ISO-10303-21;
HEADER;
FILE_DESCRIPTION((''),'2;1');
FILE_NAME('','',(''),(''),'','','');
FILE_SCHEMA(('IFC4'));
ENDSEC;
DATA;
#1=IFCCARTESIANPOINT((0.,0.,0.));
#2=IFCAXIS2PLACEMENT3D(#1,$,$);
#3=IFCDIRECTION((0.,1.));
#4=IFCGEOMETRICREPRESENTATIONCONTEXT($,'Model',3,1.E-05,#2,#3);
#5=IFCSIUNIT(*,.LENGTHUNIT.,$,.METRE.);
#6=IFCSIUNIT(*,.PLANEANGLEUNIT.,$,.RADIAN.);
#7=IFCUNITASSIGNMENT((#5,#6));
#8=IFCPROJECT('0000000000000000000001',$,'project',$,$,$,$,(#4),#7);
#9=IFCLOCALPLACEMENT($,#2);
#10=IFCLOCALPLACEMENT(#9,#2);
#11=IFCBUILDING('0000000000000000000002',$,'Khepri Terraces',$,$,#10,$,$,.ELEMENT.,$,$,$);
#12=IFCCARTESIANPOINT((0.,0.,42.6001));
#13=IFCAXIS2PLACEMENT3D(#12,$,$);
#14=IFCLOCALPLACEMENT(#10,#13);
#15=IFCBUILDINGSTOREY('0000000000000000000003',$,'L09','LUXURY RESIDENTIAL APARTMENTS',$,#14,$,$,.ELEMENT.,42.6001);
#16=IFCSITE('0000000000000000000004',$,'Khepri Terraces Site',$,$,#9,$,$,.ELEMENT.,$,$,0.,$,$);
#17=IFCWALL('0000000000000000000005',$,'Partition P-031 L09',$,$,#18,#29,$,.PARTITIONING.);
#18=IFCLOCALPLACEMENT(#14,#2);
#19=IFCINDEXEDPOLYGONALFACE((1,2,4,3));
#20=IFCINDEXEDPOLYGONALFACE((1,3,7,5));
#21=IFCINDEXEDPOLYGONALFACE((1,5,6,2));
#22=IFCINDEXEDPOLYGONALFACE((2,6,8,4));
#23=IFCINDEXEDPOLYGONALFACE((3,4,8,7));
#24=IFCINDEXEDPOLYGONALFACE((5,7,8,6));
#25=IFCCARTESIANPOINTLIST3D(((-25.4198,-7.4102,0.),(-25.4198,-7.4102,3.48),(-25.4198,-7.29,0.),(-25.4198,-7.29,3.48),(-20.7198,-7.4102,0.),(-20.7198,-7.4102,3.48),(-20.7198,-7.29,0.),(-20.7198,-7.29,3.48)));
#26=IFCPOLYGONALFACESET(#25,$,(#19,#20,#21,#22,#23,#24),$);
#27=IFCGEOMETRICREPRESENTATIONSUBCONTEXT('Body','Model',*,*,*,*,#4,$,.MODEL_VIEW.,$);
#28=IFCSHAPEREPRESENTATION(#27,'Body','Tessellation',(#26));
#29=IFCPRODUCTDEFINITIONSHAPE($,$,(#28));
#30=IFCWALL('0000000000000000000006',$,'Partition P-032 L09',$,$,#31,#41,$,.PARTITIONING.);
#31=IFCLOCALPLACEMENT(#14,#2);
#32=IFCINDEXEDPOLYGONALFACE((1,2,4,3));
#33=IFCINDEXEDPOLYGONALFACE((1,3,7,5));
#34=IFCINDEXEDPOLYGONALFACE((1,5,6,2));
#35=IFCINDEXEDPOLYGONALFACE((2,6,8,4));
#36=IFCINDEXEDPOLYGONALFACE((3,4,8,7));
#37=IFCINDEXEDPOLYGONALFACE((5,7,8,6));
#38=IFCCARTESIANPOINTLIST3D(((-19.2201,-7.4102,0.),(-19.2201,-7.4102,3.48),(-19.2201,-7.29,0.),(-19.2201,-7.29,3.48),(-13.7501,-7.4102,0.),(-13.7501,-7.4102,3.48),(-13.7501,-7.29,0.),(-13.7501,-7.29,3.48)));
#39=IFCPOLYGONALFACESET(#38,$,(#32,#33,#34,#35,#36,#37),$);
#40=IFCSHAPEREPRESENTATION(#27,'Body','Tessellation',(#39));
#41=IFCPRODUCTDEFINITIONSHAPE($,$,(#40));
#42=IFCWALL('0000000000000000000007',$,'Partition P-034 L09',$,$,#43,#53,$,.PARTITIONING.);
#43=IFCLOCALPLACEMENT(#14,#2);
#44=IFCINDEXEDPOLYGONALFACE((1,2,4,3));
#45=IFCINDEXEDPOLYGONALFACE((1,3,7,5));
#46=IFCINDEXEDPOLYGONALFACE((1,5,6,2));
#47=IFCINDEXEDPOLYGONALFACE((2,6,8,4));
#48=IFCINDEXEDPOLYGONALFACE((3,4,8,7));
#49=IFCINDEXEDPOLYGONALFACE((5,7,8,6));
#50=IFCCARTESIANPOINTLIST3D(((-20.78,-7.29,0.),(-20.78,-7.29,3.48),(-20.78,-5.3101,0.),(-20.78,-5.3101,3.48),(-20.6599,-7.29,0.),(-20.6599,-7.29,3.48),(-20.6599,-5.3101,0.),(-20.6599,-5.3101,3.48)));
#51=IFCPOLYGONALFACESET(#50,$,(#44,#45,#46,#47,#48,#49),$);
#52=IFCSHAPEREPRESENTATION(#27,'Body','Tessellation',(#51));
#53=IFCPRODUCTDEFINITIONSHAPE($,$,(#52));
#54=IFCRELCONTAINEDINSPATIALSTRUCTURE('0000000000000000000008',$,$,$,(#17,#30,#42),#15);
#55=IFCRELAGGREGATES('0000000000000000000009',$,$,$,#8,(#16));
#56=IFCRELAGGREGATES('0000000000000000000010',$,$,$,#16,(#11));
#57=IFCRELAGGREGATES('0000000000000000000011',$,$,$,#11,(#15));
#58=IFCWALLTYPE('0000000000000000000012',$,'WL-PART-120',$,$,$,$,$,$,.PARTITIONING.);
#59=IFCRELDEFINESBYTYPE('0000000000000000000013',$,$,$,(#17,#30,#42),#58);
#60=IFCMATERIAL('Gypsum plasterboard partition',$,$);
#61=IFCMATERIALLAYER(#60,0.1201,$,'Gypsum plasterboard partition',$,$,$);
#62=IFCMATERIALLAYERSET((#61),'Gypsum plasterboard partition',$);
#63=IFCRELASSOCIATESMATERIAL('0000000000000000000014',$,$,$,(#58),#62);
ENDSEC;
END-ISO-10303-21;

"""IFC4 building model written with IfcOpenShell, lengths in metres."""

from ifc_helpers import new_model, si_unit, direction, frame, frame_2d, origin, place, context, subcontext, project, spatial, rectangle, extrude, material, layer, layer_set, type_object, element, save


model = new_model("IFC4")

# Units and contexts
model_context = context("Model", 3, precision=1e-05, world=origin(), true_north=direction((0.0, 1.0)))
body_context = subcontext(model_context, "Body", "Model", "MODEL_VIEW")
ifc_project = project(units=[si_unit("LENGTHUNIT", "METRE"), si_unit("PLANEANGLEUNIT", "RADIAN")], contexts=[model_context])

# Site, building, storey
site_placement = place(None, origin())
site = spatial("IfcSite", under=ifc_project, at=site_placement, Name="Khepri Terraces Site", CompositionType="ELEMENT", RefElevation=0.0)
building_placement = place(site_placement, origin())
building = spatial("IfcBuilding", under=site, at=building_placement, Name="Khepri Terraces", CompositionType="ELEMENT")
storey_placement = place(building_placement, frame((0.0, 0.0, 42.6001)))
storey = spatial("IfcBuildingStorey", under=building, at=storey_placement, Name="L09", Description="LUXURY RESIDENTIAL APARTMENTS", CompositionType="ELEMENT", Elevation=42.6001)

# Shared definitions
ifc_material_1 = material(Name="Gypsum plasterboard partition")
ifc_layer_1 = layer(ifc_material_1, 0.1201, Name="Gypsum plasterboard partition")
ifc_layer_set_1 = layer_set([ifc_layer_1], Name="Gypsum plasterboard partition")
wall_type_1 = type_object("IfcWallType", Name="WL-PART-120", PredefinedType="PARTITIONING", material=ifc_layer_set_1)

# Walls
wall_1_placement = place(storey_placement, frame((-25.4199, -7.3501, 0.0), z_axis=(0.0, 0.0, 1.0), x_axis=(1.0, 0.0, 0.0)))
element("IfcWall", 1, at=wall_1_placement, inside=storey, type_object=wall_type_1, Name="Partition P-031 L09", PredefinedType="PARTITIONING", context=body_context, shape_type="SweptSolid", body=[
    extrude(rectangle(XDim=4.7, YDim=0.1201, at=frame_2d((2.3501, 0.0))), origin(), (0.0, 0.0, 1.0), 3.48),
])
wall_2_placement = place(storey_placement, frame((-19.22, -7.3501, 0.0), z_axis=(0.0, 0.0, 1.0), x_axis=(1.0, 0.0, 0.0)))
element("IfcWall", 2, at=wall_2_placement, inside=storey, type_object=wall_type_1, Name="Partition P-032 L09", PredefinedType="PARTITIONING", context=body_context, shape_type="SweptSolid", body=[
    extrude(rectangle(XDim=5.47, YDim=0.1201, at=frame_2d((2.7349, 0.0))), origin(), (0.0, 0.0, 1.0), 3.48),
])
wall_3_placement = place(storey_placement, frame((-20.72, -7.29, 0.0), z_axis=(0.0, 0.0, 1.0), x_axis=(0.0, 1.0, 0.0)))
element("IfcWall", 3, at=wall_3_placement, inside=storey, type_object=wall_type_1, Name="Partition P-034 L09", PredefinedType="PARTITIONING", context=body_context, shape_type="SweptSolid", body=[
    extrude(rectangle(XDim=1.98, YDim=0.1201, at=frame_2d((0.99, 0.0))), origin(), (0.0, 0.0, 1.0), 3.48),
])

save(model, "model.ifc")
